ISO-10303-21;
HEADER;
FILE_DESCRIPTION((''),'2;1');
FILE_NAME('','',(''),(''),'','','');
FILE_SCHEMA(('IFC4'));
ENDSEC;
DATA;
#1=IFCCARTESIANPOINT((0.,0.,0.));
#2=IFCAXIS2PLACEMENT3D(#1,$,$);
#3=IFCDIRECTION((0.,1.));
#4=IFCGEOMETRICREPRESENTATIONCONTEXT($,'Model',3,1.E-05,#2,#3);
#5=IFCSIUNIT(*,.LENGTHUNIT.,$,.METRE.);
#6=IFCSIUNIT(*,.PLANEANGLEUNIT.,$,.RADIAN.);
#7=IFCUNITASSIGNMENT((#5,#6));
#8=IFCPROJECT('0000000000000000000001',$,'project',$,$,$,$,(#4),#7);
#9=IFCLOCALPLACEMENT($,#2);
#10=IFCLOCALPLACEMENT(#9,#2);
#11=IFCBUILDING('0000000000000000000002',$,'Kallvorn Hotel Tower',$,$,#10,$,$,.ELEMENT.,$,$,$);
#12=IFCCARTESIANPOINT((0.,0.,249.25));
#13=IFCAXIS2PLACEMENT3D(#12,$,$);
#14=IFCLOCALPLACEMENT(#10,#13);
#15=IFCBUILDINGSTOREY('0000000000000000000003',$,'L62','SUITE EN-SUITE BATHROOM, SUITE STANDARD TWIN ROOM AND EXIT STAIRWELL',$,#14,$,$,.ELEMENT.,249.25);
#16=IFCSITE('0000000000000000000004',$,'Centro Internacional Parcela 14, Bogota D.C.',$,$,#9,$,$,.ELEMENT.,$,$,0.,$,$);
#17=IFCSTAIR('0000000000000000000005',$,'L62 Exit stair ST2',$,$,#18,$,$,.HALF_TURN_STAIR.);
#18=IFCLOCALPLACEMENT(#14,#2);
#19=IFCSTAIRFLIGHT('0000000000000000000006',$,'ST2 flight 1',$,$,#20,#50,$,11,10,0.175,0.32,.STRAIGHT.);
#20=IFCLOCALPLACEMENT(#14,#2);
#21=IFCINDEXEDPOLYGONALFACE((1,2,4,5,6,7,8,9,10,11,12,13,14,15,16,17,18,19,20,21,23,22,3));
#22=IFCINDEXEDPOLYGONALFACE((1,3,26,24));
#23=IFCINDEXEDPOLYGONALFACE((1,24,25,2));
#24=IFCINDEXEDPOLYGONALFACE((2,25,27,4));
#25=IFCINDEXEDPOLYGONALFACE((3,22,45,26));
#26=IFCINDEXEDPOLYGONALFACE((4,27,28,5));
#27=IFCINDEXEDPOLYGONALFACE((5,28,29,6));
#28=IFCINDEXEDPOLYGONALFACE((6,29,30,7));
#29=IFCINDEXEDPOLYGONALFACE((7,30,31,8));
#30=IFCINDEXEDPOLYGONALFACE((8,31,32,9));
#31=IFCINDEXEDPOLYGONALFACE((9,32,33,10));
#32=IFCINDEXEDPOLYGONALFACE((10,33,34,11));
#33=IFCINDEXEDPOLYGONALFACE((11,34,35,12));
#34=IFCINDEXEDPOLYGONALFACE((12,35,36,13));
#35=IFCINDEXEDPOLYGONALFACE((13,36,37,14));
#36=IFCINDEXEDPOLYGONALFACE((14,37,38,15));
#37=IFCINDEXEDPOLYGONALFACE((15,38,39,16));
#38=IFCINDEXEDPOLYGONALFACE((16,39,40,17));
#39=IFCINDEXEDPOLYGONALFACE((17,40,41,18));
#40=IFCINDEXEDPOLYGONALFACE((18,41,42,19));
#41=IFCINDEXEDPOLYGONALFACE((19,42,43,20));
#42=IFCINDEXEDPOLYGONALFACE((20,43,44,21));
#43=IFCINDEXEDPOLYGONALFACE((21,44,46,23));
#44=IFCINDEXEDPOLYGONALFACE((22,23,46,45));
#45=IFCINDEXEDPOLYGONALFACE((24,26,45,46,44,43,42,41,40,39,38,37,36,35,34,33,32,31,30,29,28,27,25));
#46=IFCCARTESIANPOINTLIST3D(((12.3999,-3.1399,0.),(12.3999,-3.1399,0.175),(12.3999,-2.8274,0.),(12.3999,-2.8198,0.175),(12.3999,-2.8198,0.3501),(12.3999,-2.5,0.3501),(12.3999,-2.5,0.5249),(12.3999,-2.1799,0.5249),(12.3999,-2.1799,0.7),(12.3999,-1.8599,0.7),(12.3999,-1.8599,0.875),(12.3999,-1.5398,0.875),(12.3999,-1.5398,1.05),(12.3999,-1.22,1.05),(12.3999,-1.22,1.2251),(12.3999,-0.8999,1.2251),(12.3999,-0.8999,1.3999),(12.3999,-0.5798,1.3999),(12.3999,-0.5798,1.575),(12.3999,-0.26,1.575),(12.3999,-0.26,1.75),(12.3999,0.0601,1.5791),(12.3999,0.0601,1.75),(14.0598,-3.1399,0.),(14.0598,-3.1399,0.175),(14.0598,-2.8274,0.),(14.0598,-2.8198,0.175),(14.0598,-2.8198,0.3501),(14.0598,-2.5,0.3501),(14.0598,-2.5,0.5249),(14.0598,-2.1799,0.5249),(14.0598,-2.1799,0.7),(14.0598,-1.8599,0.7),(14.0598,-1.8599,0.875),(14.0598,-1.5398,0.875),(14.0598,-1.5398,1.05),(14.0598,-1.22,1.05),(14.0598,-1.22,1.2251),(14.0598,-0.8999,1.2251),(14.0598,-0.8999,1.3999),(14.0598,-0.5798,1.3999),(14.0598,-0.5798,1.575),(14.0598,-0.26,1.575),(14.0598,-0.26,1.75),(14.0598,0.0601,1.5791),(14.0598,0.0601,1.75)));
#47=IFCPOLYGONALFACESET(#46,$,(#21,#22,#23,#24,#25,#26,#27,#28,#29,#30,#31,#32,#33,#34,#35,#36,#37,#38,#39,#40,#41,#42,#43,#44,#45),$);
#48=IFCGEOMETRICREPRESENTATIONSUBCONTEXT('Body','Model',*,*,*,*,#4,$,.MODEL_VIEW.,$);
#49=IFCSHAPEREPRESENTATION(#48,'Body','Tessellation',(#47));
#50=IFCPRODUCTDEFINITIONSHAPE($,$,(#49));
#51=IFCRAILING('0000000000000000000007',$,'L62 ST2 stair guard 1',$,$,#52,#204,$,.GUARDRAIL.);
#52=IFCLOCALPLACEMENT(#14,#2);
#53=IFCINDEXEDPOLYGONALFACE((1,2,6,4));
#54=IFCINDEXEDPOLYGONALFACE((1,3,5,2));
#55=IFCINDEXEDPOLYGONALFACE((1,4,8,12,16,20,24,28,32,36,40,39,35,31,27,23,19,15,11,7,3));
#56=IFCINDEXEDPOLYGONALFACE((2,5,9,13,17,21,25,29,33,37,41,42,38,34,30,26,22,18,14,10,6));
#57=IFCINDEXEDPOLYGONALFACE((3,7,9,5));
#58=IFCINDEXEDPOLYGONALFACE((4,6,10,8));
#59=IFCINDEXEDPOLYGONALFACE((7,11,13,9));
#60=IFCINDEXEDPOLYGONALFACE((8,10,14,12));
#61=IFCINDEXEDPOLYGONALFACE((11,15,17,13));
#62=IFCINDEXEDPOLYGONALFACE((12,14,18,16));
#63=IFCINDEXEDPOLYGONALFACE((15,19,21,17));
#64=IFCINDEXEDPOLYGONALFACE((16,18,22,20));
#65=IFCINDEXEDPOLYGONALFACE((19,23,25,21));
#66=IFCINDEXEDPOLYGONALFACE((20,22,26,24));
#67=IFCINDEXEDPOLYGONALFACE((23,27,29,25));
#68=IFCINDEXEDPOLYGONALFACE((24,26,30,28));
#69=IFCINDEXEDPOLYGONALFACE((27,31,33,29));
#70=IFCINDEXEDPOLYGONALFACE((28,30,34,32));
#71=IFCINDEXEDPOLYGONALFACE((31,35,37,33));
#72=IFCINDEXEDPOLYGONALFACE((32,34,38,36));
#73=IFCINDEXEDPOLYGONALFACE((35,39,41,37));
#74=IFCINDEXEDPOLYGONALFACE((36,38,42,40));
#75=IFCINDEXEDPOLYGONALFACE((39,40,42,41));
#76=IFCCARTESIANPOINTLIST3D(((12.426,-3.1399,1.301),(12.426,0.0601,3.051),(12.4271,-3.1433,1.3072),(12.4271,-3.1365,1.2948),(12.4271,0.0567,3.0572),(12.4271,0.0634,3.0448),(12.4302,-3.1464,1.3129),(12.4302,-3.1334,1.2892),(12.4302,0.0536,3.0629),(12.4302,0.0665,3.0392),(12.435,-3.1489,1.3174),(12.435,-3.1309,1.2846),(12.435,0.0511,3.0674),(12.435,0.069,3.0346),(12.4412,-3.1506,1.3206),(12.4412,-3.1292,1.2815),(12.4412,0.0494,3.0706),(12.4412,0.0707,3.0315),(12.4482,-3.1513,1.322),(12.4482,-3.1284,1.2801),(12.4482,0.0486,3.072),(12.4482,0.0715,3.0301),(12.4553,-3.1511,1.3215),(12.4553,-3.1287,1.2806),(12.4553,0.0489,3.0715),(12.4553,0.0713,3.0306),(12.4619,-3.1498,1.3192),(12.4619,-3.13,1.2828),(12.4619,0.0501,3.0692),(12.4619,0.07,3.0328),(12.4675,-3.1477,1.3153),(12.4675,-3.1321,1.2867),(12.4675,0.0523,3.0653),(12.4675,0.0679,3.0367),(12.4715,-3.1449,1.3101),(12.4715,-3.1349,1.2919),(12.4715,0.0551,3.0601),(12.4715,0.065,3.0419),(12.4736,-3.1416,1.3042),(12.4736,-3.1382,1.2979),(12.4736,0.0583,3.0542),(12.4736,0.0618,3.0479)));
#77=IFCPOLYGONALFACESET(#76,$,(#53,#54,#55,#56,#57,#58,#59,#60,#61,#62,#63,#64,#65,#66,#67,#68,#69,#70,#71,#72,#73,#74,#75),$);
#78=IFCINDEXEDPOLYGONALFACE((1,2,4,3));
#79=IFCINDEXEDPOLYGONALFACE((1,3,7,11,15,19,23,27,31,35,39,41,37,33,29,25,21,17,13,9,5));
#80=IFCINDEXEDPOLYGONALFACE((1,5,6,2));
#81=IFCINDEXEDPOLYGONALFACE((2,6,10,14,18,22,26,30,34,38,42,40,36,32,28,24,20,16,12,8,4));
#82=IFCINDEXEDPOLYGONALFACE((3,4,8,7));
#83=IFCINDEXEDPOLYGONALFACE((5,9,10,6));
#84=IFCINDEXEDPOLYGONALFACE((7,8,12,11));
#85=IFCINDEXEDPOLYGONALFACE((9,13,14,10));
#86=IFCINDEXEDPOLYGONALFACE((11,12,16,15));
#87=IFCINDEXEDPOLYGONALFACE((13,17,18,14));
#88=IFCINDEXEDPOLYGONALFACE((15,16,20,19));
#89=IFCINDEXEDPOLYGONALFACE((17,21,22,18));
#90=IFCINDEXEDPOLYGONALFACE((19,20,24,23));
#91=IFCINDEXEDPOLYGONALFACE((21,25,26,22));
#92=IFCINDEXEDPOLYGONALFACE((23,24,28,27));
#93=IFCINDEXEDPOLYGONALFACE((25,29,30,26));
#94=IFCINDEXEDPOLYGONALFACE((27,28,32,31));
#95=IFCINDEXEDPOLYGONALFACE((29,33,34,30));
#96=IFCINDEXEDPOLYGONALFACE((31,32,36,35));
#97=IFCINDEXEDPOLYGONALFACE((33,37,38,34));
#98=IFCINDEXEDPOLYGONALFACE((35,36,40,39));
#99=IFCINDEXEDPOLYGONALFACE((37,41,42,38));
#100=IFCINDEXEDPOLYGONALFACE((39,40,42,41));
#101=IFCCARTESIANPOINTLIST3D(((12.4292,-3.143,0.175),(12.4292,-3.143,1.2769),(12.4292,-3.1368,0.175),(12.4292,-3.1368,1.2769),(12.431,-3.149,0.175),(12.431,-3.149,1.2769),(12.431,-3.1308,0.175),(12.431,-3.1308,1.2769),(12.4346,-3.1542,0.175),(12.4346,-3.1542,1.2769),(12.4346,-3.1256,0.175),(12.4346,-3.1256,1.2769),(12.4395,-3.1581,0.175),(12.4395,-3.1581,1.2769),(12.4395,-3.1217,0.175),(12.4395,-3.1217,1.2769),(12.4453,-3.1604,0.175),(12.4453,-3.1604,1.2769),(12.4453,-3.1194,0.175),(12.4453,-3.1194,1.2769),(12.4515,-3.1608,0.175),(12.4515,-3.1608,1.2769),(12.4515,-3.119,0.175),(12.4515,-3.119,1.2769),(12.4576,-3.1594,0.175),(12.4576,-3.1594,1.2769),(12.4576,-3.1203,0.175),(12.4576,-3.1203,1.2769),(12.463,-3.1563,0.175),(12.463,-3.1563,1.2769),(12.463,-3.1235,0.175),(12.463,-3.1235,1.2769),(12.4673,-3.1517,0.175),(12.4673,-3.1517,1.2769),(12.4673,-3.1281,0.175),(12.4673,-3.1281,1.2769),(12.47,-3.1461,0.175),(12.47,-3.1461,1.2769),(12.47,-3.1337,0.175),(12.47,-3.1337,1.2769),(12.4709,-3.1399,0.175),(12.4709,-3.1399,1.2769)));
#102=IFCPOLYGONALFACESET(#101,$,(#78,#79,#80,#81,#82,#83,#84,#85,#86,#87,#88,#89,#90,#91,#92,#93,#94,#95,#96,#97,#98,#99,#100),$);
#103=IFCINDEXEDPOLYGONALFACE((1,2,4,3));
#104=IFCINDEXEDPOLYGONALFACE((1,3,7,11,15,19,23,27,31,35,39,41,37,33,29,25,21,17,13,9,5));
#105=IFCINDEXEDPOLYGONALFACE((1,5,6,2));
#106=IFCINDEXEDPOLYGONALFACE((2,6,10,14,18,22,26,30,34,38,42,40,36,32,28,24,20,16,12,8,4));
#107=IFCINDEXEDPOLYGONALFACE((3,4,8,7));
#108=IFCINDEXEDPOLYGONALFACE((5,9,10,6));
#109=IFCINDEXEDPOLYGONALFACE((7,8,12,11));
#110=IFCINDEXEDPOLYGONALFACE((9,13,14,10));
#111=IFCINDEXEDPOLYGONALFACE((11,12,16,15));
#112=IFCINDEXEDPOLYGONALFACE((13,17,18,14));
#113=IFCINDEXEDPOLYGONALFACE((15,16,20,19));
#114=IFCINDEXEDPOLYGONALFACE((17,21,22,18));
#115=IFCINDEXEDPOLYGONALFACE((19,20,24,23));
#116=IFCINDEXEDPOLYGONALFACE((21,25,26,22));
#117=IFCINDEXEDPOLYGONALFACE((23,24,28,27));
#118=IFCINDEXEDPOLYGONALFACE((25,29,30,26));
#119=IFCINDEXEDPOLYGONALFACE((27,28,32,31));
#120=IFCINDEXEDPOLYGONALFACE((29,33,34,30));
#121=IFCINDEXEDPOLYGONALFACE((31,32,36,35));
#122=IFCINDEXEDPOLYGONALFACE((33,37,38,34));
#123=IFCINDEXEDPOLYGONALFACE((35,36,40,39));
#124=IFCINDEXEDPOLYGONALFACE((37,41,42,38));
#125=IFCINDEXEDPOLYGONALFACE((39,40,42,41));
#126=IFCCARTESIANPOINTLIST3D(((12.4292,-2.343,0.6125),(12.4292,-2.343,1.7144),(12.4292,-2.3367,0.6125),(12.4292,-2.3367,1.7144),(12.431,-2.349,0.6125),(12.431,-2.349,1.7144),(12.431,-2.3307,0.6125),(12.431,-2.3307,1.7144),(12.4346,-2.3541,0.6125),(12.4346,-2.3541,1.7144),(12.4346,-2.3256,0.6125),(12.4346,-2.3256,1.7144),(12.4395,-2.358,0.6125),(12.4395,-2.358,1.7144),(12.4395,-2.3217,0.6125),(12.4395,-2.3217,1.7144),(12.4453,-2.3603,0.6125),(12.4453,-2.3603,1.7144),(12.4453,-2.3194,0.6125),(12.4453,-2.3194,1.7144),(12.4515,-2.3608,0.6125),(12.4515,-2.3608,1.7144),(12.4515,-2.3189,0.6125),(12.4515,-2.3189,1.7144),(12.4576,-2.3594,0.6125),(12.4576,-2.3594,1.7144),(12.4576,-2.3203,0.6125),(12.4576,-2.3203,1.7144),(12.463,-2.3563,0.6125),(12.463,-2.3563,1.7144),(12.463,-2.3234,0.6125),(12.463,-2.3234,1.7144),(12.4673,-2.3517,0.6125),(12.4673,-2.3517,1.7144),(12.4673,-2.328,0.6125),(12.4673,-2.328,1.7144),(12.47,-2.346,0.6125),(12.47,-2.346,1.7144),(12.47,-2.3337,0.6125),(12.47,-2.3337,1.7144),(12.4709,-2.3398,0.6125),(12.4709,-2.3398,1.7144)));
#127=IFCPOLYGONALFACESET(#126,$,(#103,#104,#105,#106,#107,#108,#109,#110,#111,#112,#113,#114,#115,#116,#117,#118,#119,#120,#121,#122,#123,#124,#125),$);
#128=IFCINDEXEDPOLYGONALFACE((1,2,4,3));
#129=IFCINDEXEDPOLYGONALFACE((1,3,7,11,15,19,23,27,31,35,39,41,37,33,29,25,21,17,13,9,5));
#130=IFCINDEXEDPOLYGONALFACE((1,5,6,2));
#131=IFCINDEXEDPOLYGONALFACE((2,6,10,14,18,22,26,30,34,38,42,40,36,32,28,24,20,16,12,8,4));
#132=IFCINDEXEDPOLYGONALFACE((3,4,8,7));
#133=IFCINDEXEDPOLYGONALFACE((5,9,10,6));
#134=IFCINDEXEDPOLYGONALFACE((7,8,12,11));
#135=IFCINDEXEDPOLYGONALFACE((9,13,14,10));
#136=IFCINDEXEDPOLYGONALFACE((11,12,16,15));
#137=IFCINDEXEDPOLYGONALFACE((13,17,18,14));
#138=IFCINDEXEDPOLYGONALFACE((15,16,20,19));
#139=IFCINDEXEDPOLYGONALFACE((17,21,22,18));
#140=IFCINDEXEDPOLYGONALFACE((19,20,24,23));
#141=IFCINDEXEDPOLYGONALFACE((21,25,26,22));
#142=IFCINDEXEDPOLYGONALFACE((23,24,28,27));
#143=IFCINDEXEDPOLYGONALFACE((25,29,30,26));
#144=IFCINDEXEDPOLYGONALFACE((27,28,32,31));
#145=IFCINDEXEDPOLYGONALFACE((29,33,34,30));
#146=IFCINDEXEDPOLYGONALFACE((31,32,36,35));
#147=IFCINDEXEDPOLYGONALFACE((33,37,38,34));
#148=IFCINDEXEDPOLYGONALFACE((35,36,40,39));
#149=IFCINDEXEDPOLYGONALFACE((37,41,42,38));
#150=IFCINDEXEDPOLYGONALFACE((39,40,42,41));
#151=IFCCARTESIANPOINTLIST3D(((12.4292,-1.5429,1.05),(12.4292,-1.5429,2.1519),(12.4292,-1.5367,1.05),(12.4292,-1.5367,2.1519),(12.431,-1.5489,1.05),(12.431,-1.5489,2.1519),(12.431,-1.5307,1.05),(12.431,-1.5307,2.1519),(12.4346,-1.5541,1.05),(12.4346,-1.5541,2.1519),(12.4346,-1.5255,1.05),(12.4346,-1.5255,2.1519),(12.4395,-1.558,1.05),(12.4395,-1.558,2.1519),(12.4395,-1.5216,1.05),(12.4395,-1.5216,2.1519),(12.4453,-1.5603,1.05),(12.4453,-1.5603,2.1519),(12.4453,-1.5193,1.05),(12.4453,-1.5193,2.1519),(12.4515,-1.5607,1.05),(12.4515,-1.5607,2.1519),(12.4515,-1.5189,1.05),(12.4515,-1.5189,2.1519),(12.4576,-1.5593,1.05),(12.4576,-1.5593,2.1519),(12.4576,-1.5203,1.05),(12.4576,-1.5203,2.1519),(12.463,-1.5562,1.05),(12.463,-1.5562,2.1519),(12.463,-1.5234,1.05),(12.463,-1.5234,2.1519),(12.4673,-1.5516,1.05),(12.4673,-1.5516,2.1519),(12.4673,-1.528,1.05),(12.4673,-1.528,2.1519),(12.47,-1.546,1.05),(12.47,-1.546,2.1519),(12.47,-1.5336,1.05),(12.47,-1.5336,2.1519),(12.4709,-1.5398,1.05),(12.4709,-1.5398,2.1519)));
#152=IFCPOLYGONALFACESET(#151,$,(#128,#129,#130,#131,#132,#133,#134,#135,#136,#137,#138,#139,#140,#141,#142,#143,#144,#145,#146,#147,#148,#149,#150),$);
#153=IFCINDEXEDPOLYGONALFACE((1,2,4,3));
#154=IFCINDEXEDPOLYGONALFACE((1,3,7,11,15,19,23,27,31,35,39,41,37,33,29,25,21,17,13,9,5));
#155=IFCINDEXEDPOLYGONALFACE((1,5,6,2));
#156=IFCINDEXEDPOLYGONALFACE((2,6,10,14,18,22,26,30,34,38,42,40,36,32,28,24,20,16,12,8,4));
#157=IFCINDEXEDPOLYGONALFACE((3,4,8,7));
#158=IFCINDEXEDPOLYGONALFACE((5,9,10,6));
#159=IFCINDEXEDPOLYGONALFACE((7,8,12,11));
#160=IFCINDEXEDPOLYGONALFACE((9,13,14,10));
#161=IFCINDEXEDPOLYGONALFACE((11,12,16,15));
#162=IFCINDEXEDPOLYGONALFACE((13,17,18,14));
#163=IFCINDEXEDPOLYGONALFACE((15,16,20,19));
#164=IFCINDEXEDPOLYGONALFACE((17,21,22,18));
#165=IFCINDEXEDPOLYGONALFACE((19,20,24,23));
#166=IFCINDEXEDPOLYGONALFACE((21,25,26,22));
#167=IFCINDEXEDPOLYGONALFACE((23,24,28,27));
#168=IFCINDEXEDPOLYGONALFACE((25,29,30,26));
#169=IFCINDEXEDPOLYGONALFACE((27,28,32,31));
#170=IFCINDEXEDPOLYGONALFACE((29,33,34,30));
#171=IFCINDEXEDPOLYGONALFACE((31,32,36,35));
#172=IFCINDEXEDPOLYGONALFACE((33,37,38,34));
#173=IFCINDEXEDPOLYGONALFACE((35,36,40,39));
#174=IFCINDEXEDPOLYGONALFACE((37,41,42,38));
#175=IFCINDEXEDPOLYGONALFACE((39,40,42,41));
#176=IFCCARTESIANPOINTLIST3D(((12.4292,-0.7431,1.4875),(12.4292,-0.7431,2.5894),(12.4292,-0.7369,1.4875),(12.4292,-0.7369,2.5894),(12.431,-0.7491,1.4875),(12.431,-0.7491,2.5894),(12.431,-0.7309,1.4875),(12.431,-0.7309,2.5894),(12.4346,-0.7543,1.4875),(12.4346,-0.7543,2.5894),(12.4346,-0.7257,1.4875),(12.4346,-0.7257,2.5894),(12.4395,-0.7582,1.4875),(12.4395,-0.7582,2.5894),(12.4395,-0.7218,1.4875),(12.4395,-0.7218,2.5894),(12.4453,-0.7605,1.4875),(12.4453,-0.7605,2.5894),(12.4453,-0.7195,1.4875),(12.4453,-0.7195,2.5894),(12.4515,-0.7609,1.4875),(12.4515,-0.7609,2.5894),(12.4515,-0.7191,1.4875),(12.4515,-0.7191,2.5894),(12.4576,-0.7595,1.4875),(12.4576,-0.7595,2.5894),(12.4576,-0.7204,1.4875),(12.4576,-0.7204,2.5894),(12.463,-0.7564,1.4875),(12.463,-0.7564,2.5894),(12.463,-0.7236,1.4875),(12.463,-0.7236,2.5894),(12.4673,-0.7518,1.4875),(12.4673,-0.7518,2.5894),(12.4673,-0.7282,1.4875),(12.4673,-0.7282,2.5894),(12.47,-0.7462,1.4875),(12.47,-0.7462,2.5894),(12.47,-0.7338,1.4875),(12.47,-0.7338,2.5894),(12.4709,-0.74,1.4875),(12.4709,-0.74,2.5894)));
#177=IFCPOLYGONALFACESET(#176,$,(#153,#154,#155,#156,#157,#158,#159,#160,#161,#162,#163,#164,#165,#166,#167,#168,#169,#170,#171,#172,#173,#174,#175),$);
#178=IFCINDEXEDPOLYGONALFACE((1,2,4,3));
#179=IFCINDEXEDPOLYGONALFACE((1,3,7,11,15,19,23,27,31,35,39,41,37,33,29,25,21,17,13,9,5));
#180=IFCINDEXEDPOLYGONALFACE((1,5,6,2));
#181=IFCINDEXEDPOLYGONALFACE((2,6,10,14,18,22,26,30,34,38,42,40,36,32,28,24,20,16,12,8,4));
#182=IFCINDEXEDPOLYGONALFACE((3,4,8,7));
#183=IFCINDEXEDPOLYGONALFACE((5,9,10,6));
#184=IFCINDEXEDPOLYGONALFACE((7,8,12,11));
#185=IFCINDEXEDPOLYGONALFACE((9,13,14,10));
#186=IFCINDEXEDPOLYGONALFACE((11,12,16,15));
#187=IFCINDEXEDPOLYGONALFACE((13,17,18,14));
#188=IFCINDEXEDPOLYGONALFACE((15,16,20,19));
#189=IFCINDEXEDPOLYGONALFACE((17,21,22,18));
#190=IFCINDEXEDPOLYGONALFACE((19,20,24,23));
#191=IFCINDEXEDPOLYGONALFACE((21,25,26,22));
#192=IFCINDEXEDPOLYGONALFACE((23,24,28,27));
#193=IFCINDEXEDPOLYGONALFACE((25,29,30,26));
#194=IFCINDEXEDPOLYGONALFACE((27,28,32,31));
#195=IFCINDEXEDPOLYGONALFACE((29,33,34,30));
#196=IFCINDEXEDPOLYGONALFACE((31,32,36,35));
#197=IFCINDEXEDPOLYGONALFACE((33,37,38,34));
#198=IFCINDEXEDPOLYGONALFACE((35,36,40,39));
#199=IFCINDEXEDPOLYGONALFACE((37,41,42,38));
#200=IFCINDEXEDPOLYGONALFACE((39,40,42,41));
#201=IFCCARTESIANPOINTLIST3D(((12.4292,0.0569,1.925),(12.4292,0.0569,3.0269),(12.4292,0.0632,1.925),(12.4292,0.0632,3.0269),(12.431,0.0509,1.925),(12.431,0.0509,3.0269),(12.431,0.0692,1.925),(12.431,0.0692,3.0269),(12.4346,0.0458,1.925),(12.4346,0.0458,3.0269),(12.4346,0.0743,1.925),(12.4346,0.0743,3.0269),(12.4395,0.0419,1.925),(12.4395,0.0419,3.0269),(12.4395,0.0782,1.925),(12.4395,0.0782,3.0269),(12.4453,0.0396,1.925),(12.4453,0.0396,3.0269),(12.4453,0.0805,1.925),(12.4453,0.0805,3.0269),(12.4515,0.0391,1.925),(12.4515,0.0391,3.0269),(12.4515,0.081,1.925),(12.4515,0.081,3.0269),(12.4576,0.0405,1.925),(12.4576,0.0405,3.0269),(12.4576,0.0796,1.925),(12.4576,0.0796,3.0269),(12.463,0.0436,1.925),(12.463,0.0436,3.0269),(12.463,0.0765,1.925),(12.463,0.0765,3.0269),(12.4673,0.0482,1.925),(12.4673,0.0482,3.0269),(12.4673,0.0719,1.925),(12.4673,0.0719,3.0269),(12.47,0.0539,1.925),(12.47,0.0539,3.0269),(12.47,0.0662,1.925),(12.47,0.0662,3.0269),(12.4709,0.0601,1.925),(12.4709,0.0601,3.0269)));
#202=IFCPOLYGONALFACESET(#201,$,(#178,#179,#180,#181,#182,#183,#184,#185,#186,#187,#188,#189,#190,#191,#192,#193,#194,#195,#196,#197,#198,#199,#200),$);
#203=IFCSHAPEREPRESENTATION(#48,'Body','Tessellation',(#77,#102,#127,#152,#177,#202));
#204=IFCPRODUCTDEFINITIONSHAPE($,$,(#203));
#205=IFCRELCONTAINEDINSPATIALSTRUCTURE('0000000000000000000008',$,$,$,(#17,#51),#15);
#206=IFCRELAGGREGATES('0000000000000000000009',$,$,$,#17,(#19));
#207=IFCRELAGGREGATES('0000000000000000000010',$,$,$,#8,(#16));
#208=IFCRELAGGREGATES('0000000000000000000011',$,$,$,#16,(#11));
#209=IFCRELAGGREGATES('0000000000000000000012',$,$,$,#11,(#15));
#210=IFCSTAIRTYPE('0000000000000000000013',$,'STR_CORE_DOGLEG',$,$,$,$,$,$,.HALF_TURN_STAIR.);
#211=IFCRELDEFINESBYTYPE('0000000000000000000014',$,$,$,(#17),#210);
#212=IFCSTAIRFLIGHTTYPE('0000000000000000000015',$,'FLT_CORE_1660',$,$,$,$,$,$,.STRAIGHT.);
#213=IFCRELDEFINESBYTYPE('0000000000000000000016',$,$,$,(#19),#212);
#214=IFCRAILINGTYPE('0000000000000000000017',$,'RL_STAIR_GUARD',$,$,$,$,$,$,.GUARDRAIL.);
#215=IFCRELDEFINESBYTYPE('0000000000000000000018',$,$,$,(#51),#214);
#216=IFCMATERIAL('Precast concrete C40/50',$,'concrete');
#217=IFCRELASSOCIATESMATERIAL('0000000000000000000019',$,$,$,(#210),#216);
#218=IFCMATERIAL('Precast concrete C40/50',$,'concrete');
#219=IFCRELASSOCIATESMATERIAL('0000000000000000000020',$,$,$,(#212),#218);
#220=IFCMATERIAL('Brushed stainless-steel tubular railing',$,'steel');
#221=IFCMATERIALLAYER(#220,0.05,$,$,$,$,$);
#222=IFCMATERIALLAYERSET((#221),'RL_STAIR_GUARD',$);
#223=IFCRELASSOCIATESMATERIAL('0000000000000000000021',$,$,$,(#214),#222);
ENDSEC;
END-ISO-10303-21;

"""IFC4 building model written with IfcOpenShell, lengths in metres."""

from ifc_helpers import new_model, si_unit, direction, frame, origin, origin_2d, place, context, subcontext, project, spatial, polyline, circle, outline, extrude, material, layer, layer_set, type_object, element, aggregate, save


model = new_model("IFC4")

# Units and contexts
model_context = context("Model", 3, precision=1e-05, world=origin(), true_north=direction((0.0, 1.0)))
body_context = subcontext(model_context, "Body", "Model", "MODEL_VIEW")
ifc_project = project(units=[si_unit("LENGTHUNIT", "METRE"), si_unit("PLANEANGLEUNIT", "RADIAN")], contexts=[model_context])

# Site, building, storey
site_placement = place(None, origin())
site = spatial("IfcSite", under=ifc_project, at=site_placement, Name="Centro Internacional Parcela 14, Bogota D.C.", CompositionType="ELEMENT", RefElevation=0.0)
building_placement = place(site_placement, origin())
building = spatial("IfcBuilding", under=site, at=building_placement, Name="Kallvorn Hotel Tower", CompositionType="ELEMENT")
storey_placement = place(building_placement, frame((0.0, 0.0, 249.25)))
storey = spatial("IfcBuildingStorey", under=building, at=storey_placement, Name="L62", Description="SUITE EN-SUITE BATHROOM, SUITE STANDARD TWIN ROOM AND EXIT STAIRWELL", CompositionType="ELEMENT", Elevation=249.25)

# Stair, stair flight
ifc_material_1 = material(Name="Precast concrete C40/50", Category="concrete")
stair_type = type_object("IfcStairType", Name="STR_CORE_DOGLEG", PredefinedType="HALF_TURN_STAIR", material=ifc_material_1)
stair_placement = place(storey_placement, origin())
stair = element("IfcStair", 1, at=stair_placement, inside=storey, type_object=stair_type, Name="L62 Exit stair ST2", PredefinedType="HALF_TURN_STAIR")
ifc_material_2 = material(Name="Precast concrete C40/50", Category="concrete")
stair_flight_type = type_object("IfcStairFlightType", Name="FLT_CORE_1660", PredefinedType="STRAIGHT", material=ifc_material_2)
stair_flight_placement = place(storey_placement, frame((13.23, -3.1399, 0.0), z_axis=(0.0, 0.0, 1.0), x_axis=(0.0, 1.0, 0.0)))
stair_flight = element("IfcStairFlight", 2, at=stair_flight_placement, type_object=stair_flight_type, Name="ST2 flight 1", NumberOfRisers=11, NumberOfTreads=10, PredefinedType="STRAIGHT", RiserHeight=0.175, TreadLength=0.32, context=body_context, shape_type="SweptSolid", body=[
    extrude(outline(polyline([(0.0, 0.0), (0.0, 0.175), (0.3201, 0.175), (0.3201, 0.3501), (0.6399, 0.3501), (0.6399, 0.5249), (0.96, 0.5249), (0.96, 0.7), (1.28, 0.7), (1.28, 0.875), (1.6001, 0.875), (1.6001, 1.05), (1.9199, 1.05), (1.9199, 1.2251), (2.24, 1.2251), (2.24, 1.3999), (2.5601, 1.3999), (2.5601, 1.575), (2.8799, 1.575), (2.8799, 1.75), (3.2, 1.75), (3.2, 1.925), (3.2, 1.5791), (0.3125, 0.0), (0.0, 0.0)])), frame((0.0, 0.8301, 0.0), z_axis=(0.0, -1.0, 0.0), x_axis=(1.0, 0.0, 0.0)), (0.0, 0.0, 1.0), 1.6599),
])
aggregate(stair, [stair_flight])

# Railing
ifc_material_3 = material(Name="Brushed stainless-steel tubular railing", Category="steel")
ifc_layer_1 = layer(ifc_material_3, 0.05)
ifc_layer_set_1 = layer_set([ifc_layer_1], Name="RL_STAIR_GUARD")
railing_type_1 = type_object("IfcRailingType", Name="RL_STAIR_GUARD", PredefinedType="GUARDRAIL", material=ifc_layer_set_1)
railing_1_placement = place(storey_placement, frame((12.45, -3.1399, 0.175)))
element("IfcRailing", 3, at=railing_1_placement, inside=storey, type_object=railing_type_1, Name="L62 ST2 stair guard 1", PredefinedType="GUARDRAIL", context=body_context, shape_type="SweptSolid", body=[
    extrude(circle(Radius=0.0239, at=origin_2d()), frame((0.0, 0.0, 1.126), z_axis=(0.0, 0.877368, 0.479818), x_axis=(-1.0, 0.0, 0.0)), (0.0, 0.0, 1.0), 3.6472),
    extrude(circle(Radius=0.021, at=origin_2d()), origin(), (0.0, 0.0, 1.0), 1.1018),
    extrude(circle(Radius=0.021, at=origin_2d()), frame((0.0, 0.8, 0.4375)), (0.0, 0.0, 1.0), 1.1018),
    extrude(circle(Radius=0.021, at=origin_2d()), frame((0.0, 1.6001, 0.875)), (0.0, 0.0, 1.0), 1.1018),
    extrude(circle(Radius=0.021, at=origin_2d()), frame((0.0, 2.3999, 1.3125)), (0.0, 0.0, 1.0), 1.1018),
    extrude(circle(Radius=0.021, at=origin_2d()), frame((0.0, 3.2, 1.75)), (0.0, 0.0, 1.0), 1.1018),
])

save(model, "model.ifc")
